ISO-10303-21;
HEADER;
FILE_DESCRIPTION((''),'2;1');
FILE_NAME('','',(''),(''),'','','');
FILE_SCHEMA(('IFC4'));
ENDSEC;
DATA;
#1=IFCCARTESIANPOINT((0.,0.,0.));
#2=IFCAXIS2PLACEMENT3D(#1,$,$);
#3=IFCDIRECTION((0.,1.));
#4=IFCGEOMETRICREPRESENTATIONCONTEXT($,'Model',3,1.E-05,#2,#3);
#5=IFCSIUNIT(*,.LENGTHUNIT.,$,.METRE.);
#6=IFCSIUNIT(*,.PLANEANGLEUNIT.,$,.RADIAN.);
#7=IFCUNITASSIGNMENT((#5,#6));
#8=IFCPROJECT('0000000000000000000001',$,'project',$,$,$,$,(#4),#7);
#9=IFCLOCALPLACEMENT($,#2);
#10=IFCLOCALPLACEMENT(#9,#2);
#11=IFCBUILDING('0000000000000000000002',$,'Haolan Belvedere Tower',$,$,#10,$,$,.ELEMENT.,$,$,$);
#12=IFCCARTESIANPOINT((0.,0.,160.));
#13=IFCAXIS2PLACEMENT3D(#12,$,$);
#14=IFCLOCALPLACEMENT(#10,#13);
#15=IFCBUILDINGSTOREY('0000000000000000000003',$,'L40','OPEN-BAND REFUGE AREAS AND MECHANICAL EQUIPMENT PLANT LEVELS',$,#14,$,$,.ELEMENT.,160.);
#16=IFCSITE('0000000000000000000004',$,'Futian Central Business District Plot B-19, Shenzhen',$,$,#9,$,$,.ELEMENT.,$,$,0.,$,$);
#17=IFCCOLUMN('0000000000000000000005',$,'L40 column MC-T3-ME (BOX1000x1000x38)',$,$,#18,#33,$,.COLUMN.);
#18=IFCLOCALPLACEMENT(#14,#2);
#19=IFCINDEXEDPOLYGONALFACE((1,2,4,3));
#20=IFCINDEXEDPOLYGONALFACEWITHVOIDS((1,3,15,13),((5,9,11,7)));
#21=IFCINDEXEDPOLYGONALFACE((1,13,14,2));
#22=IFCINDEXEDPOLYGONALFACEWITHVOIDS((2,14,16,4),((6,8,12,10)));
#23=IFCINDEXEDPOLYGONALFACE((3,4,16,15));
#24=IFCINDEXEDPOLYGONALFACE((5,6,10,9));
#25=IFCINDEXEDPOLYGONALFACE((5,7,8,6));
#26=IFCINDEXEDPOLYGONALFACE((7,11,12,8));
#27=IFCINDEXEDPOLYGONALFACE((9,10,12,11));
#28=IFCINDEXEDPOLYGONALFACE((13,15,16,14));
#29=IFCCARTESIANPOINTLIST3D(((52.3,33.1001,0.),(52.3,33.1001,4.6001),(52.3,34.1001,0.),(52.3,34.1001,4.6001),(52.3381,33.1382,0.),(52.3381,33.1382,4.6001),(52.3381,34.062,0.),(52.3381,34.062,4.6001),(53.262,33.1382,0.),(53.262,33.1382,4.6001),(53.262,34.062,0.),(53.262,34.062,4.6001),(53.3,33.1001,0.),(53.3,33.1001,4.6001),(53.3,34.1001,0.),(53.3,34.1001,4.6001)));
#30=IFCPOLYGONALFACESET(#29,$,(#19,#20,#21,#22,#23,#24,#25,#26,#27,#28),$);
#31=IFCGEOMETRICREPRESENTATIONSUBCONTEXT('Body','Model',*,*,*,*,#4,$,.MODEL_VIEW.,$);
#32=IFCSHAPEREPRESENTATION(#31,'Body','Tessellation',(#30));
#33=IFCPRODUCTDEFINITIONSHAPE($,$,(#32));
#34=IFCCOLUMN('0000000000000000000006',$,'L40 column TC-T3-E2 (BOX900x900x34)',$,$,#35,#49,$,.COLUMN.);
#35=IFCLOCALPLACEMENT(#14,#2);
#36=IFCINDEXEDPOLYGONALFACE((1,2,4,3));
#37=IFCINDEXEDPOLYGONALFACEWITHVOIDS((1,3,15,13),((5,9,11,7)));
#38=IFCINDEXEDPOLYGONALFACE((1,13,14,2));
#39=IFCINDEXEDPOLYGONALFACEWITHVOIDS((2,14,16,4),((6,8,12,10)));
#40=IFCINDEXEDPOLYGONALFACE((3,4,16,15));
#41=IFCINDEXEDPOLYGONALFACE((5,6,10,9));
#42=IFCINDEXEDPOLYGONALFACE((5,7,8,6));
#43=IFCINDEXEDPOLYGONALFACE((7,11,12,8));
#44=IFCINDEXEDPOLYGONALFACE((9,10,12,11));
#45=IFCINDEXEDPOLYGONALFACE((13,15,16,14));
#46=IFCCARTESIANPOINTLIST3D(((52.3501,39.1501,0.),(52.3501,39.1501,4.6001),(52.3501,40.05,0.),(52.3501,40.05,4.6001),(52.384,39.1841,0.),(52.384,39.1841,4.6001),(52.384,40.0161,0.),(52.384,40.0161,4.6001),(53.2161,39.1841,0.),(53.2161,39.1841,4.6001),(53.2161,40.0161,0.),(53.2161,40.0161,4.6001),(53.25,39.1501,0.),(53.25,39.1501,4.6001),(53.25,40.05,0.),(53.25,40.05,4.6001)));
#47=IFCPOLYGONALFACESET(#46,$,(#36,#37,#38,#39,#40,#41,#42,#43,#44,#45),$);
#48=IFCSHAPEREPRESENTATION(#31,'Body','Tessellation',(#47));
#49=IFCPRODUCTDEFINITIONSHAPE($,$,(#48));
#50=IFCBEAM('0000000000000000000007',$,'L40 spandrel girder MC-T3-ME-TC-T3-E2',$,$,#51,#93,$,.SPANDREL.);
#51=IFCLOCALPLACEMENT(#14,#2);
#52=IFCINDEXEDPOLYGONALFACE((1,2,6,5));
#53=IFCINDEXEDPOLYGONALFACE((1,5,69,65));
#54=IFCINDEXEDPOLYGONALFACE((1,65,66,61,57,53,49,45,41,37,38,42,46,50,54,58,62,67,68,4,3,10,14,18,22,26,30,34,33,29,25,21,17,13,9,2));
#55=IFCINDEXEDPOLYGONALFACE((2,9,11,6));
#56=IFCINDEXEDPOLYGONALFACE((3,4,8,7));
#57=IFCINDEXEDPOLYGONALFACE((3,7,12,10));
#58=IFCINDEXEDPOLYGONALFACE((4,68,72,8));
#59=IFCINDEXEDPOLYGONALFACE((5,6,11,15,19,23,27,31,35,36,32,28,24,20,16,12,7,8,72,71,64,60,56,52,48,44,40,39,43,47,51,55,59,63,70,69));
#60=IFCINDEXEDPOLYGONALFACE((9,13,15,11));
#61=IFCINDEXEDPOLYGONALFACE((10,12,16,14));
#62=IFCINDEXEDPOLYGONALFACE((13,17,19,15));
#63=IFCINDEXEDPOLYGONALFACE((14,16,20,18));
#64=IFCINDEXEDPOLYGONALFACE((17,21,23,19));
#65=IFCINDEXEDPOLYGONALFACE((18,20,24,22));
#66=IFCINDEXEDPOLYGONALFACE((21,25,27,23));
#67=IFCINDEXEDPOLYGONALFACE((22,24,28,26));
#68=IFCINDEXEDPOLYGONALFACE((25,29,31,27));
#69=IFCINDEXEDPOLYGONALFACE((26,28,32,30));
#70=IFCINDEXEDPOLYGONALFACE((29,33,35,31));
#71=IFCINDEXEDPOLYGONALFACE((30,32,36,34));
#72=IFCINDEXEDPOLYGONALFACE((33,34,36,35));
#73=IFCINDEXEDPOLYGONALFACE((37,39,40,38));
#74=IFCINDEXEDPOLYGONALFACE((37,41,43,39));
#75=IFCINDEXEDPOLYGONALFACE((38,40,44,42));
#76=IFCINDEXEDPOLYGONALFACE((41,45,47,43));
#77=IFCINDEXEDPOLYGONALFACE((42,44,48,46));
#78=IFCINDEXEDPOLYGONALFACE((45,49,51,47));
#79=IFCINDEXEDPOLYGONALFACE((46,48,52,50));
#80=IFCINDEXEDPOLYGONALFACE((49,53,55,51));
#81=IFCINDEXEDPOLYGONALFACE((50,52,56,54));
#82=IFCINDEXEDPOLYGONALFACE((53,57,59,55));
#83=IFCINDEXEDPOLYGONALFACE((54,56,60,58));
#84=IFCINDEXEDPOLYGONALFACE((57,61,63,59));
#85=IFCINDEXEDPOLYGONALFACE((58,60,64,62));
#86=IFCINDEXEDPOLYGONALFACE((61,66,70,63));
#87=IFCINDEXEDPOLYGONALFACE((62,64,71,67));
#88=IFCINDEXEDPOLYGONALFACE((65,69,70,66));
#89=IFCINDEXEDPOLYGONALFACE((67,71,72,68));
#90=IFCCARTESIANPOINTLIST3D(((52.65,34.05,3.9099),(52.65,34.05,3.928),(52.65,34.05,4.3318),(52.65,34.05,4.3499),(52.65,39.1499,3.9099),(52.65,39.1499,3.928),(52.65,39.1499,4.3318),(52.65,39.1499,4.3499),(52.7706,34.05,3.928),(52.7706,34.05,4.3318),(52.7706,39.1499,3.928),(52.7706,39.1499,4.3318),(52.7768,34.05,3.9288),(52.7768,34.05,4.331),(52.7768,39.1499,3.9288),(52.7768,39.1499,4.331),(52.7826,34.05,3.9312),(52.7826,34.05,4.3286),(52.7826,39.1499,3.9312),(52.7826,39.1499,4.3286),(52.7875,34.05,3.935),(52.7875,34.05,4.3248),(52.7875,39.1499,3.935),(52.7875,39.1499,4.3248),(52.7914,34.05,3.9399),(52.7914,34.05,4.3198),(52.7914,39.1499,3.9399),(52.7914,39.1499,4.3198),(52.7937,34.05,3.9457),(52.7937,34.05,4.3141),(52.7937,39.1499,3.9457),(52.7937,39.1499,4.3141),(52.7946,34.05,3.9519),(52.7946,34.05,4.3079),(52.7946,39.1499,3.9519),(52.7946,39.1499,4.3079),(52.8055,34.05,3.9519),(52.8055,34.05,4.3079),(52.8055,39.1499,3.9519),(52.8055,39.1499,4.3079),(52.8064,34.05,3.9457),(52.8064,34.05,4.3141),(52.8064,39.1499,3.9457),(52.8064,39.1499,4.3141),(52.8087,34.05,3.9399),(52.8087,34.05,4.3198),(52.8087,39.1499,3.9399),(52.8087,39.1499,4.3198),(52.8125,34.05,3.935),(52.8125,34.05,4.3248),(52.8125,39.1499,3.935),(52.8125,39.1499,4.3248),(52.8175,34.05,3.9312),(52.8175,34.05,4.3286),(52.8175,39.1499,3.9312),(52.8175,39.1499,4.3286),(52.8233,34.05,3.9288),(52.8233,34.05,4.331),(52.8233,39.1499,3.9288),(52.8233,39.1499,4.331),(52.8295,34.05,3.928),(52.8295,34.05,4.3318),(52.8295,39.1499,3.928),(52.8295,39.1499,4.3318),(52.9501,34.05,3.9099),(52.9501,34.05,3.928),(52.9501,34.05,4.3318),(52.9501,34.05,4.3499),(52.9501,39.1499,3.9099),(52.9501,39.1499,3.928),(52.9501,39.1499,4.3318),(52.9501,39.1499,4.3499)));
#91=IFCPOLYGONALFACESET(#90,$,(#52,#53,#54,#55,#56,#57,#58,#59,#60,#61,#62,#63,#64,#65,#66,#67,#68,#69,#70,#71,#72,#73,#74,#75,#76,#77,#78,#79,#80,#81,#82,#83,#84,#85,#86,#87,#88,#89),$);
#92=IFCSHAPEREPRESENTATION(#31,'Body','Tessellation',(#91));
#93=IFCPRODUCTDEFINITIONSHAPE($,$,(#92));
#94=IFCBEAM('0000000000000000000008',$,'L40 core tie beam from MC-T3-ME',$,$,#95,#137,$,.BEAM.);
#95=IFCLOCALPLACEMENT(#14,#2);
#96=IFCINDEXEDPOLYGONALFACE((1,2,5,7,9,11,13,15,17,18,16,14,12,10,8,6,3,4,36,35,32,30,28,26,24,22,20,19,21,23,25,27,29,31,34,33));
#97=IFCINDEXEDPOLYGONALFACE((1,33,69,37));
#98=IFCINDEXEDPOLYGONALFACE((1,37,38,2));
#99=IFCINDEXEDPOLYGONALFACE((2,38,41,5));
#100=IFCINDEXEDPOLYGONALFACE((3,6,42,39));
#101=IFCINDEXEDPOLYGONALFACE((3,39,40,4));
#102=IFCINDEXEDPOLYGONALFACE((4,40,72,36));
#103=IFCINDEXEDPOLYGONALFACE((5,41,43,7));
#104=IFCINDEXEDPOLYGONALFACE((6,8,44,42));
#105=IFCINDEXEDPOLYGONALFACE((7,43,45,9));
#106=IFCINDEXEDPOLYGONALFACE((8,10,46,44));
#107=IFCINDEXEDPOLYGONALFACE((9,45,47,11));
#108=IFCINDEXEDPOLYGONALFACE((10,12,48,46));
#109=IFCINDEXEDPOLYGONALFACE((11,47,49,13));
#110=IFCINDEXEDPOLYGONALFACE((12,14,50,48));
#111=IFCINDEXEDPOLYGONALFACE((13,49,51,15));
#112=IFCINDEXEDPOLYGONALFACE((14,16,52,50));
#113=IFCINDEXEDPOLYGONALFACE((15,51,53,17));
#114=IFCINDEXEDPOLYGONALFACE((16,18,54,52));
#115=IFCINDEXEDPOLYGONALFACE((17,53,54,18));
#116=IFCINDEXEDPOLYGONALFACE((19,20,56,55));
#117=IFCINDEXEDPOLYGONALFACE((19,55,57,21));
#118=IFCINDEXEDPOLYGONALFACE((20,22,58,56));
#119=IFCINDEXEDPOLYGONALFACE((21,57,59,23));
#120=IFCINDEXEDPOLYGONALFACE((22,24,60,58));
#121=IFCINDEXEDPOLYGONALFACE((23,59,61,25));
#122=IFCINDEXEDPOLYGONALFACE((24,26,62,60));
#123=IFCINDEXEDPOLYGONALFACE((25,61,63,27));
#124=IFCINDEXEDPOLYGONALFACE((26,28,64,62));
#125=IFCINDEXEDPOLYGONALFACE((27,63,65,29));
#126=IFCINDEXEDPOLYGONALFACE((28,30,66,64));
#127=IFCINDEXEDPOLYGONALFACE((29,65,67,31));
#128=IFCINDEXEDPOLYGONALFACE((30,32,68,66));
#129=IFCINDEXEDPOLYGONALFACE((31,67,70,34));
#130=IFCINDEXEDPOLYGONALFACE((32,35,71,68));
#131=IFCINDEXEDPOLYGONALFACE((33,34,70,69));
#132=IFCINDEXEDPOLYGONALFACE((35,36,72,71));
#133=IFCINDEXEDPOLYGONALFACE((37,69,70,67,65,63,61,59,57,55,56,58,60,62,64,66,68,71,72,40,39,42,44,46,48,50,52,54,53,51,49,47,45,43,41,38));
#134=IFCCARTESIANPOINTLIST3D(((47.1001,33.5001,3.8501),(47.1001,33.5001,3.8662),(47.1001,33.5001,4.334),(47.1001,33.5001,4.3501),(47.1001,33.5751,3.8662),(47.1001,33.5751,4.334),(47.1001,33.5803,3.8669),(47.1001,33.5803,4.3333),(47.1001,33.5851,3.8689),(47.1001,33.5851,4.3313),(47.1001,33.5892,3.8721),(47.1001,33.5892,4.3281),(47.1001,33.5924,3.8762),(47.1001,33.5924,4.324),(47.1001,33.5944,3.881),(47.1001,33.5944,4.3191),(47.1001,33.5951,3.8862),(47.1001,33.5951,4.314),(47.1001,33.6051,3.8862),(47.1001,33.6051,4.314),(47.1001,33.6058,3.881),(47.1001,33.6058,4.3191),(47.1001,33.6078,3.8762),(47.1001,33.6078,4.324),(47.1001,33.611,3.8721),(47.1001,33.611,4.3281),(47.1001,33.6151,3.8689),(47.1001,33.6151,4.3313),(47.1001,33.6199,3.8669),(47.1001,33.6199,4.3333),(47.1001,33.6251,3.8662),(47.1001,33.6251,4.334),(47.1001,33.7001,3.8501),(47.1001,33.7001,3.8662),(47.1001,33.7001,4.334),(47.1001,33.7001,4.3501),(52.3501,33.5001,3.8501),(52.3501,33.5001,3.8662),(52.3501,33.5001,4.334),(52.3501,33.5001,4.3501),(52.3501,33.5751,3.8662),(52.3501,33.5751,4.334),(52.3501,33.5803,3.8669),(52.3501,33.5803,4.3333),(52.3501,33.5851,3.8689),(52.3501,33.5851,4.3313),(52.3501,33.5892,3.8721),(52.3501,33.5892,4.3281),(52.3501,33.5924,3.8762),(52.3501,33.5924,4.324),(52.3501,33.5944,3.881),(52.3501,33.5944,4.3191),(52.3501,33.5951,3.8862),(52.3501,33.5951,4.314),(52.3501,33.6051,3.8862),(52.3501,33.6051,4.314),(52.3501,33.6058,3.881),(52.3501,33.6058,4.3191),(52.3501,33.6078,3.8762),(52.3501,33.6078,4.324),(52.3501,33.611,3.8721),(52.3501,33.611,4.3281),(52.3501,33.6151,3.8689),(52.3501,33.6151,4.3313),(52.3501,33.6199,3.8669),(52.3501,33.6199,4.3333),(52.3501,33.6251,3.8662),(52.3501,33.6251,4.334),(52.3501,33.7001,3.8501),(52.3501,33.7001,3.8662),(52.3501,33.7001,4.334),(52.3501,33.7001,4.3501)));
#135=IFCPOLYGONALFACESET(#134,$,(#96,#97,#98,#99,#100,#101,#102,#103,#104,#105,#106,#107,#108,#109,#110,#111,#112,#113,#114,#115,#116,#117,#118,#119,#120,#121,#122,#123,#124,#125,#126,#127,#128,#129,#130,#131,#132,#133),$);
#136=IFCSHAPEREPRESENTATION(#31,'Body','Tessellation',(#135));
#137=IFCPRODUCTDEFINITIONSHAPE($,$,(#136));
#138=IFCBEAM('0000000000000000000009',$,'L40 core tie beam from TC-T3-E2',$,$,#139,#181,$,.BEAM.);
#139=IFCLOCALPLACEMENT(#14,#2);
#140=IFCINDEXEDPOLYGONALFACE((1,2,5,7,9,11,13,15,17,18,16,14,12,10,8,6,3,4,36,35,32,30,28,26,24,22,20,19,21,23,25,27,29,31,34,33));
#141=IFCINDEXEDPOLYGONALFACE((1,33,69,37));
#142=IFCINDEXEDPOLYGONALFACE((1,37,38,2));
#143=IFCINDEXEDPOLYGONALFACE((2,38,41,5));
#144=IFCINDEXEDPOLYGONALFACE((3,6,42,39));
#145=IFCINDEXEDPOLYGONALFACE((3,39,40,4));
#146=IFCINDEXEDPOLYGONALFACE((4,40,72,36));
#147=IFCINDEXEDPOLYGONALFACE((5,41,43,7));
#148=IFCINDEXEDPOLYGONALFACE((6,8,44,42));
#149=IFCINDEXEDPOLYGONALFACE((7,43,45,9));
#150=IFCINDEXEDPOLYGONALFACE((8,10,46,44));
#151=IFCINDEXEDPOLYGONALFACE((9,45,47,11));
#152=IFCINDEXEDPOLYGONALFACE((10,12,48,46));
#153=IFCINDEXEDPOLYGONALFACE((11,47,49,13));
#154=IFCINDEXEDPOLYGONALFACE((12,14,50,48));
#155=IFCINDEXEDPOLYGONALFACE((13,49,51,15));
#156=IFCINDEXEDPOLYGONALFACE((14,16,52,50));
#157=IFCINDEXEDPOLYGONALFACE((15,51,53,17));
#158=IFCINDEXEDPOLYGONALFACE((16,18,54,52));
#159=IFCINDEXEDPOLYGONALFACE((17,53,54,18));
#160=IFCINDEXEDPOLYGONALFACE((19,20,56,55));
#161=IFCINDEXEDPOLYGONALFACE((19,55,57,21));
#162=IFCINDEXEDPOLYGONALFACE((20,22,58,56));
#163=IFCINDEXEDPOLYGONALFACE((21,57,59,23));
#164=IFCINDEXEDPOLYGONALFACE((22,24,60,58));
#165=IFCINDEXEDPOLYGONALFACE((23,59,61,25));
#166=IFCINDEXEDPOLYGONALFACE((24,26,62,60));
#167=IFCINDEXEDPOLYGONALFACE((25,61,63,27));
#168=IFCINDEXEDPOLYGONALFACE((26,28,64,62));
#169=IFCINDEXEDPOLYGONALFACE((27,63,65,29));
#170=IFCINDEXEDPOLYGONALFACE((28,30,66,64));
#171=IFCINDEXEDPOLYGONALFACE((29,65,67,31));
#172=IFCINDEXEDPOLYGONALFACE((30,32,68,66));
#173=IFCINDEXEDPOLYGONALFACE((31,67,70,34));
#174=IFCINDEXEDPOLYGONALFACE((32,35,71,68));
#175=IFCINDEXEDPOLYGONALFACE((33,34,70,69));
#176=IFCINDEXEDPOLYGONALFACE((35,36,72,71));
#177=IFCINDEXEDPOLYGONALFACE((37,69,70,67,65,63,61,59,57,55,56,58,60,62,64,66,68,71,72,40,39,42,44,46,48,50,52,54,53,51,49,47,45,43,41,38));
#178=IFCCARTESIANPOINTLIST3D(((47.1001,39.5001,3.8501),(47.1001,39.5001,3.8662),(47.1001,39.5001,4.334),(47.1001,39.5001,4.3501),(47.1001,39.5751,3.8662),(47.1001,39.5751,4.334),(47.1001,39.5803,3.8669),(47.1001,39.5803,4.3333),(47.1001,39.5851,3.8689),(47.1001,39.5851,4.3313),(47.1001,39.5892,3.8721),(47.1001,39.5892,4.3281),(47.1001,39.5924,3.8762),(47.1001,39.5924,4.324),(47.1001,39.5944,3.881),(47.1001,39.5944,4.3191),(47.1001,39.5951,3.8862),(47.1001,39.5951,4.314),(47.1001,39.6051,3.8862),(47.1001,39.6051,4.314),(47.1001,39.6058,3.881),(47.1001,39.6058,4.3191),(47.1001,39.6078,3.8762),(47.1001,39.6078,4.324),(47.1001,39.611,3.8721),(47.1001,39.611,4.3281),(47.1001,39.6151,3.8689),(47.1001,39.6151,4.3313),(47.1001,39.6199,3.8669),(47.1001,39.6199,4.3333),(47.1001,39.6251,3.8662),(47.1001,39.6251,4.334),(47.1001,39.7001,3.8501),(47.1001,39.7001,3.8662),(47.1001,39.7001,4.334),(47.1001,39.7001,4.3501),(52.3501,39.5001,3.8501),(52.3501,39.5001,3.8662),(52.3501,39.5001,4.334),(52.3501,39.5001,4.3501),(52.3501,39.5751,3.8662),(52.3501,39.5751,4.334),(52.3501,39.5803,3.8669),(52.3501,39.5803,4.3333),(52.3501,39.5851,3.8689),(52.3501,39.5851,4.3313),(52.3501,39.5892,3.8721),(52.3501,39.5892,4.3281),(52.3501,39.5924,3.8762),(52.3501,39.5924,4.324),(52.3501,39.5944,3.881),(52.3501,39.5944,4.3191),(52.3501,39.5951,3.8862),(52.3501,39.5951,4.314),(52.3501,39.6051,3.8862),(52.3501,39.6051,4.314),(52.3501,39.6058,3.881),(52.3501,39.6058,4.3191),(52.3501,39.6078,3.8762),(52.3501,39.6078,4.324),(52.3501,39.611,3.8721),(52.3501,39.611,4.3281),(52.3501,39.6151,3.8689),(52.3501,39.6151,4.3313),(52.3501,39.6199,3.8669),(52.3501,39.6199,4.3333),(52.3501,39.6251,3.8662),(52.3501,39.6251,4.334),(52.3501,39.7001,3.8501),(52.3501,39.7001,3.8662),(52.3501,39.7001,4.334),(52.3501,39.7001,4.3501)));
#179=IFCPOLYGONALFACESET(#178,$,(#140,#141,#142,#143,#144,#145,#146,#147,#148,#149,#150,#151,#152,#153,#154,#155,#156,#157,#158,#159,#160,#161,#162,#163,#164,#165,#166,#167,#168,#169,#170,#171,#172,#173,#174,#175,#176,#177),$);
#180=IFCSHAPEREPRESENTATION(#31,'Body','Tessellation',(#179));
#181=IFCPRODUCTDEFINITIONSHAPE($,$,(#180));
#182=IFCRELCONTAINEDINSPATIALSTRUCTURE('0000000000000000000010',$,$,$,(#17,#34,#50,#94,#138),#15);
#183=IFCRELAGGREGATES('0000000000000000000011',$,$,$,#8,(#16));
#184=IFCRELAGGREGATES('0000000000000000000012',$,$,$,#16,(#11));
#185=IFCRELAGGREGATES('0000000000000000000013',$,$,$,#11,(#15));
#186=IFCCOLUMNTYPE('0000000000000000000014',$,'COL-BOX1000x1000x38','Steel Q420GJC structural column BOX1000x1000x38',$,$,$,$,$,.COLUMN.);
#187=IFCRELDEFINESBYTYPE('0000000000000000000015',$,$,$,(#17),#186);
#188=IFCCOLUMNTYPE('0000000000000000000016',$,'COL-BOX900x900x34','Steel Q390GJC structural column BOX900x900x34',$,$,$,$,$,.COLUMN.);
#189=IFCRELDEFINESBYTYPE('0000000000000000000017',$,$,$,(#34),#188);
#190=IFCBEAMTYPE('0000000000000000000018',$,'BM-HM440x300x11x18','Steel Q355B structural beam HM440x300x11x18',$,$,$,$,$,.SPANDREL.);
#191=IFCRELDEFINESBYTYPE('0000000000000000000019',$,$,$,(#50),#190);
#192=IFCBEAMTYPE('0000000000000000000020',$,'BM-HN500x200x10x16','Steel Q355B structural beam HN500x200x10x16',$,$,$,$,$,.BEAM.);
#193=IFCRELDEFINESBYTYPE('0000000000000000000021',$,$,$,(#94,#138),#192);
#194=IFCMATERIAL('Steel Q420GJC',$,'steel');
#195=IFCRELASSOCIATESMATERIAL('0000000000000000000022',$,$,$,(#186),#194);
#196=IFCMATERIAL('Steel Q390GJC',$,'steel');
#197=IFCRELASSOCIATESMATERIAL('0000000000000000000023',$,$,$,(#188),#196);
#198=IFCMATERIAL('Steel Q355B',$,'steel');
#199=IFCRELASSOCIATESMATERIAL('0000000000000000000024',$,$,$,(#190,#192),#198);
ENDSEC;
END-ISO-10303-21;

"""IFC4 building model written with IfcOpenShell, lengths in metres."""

from ifc_helpers import new_model, si_unit, direction, frame, origin, origin_2d, place, context, subcontext, project, spatial, hollow_rectangle, i_section, extrude, material, material_profile, profile_set, type_object, element, save


model = new_model("IFC4")

# Units and contexts
model_context = context("Model", 3, precision=1e-05, world=origin(), true_north=direction((0.0, 1.0)))
body_context = subcontext(model_context, "Body", "Model", "MODEL_VIEW")
ifc_project = project(units=[si_unit("LENGTHUNIT", "METRE"), si_unit("PLANEANGLEUNIT", "RADIAN")], contexts=[model_context])

# Site, building, storey
site_placement = place(None, origin())
site = spatial("IfcSite", under=ifc_project, at=site_placement, Name="Futian Central Business District Plot B-19, Shenzhen", CompositionType="ELEMENT", RefElevation=0.0)
building_placement = place(site_placement, origin())
building = spatial("IfcBuilding", under=site, at=building_placement, Name="Haolan Belvedere Tower", CompositionType="ELEMENT")
storey_placement = place(building_placement, frame((0.0, 0.0, 160.0)))
storey = spatial("IfcBuildingStorey", under=building, at=storey_placement, Name="L40", Description="OPEN-BAND REFUGE AREAS AND MECHANICAL EQUIPMENT PLANT LEVELS", CompositionType="ELEMENT", Elevation=160.0)

# Columns
ifc_material_1 = material(Name="Steel Q420GJC", Category="steel")
ifc_material_profile_1 = material_profile(ifc_material_1, hollow_rectangle(XDim=1.0, YDim=1.0, WallThickness=0.0381, at=origin_2d()), Name="Steel Q420GJC")
ifc_profile_set_1 = profile_set([ifc_material_profile_1], Name="Steel Q420GJC")
column_type_1 = type_object("IfcColumnType", Name="COL-BOX1000x1000x38", Description="Steel Q420GJC structural column BOX1000x1000x38", PredefinedType="COLUMN", material=ifc_profile_set_1)
column_1_placement = place(storey_placement, frame((52.8, 33.6001, 0.0), z_axis=(0.0, 0.0, 1.0), x_axis=(1.0, 0.0, 0.0)))
element("IfcColumn", 1, at=column_1_placement, inside=storey, type_object=column_type_1, Name="L40 column MC-T3-ME (BOX1000x1000x38)", PredefinedType="COLUMN", context=body_context, shape_type="SweptSolid", body=[
    extrude(hollow_rectangle(XDim=1.0, YDim=1.0, WallThickness=0.0381, at=origin_2d()), origin(), (0.0, 0.0, 1.0), 4.6001),
])
ifc_material_2 = material(Name="Steel Q390GJC", Category="steel")
ifc_material_profile_2 = material_profile(ifc_material_2, hollow_rectangle(XDim=0.8999, YDim=0.8999, WallThickness=0.0339, at=origin_2d()), Name="Steel Q390GJC")
ifc_profile_set_2 = profile_set([ifc_material_profile_2], Name="Steel Q390GJC")
column_type_2 = type_object("IfcColumnType", Name="COL-BOX900x900x34", Description="Steel Q390GJC structural column BOX900x900x34", PredefinedType="COLUMN", material=ifc_profile_set_2)
column_2_placement = place(storey_placement, frame((52.8, 39.6001, 0.0), z_axis=(0.0, 0.0, 1.0), x_axis=(1.0, 0.0, 0.0)))
element("IfcColumn", 2, at=column_2_placement, inside=storey, type_object=column_type_2, Name="L40 column TC-T3-E2 (BOX900x900x34)", PredefinedType="COLUMN", context=body_context, shape_type="SweptSolid", body=[
    extrude(hollow_rectangle(XDim=0.8999, YDim=0.8999, WallThickness=0.0339, at=origin_2d()), origin(), (0.0, 0.0, 1.0), 4.6001),
])

# Beams
ifc_material_3 = material(Name="Steel Q355B", Category="steel")
ifc_material_profile_3 = material_profile(ifc_material_3, i_section(OverallWidth=0.3, OverallDepth=0.4399, WebThickness=0.011, FlangeThickness=0.0181, FilletRadius=0.0239, at=origin_2d()), Name="Steel Q355B")
ifc_profile_set_3 = profile_set([ifc_material_profile_3], Name="Steel Q355B")
beam_type_1 = type_object("IfcBeamType", Name="BM-HM440x300x11x18", Description="Steel Q355B structural beam HM440x300x11x18", PredefinedType="SPANDREL", material=ifc_profile_set_3)
beam_placement = place(storey_placement, frame((52.8, 34.05, 4.1299), z_axis=(0.0, 1.0, 0.0), x_axis=(-1.0, 0.0, 0.0)))
element("IfcBeam", 3, at=beam_placement, inside=storey, type_object=beam_type_1, Name="L40 spandrel girder MC-T3-ME-TC-T3-E2", PredefinedType="SPANDREL", context=body_context, shape_type="SweptSolid", body=[
    extrude(i_section(OverallWidth=0.3, OverallDepth=0.4399, WebThickness=0.011, FlangeThickness=0.0181, FilletRadius=0.0239, at=origin_2d()), origin(), (0.0, 0.0, 1.0), 5.0999),
])
ifc_material_profile_4 = material_profile(ifc_material_3, i_section(OverallWidth=0.2, OverallDepth=0.5, WebThickness=0.01, FlangeThickness=0.0161, FilletRadius=0.02, at=origin_2d()), Name="Steel Q355B")
ifc_profile_set_4 = profile_set([ifc_material_profile_4], Name="Steel Q355B")
beam_type_2 = type_object("IfcBeamType", Name="BM-HN500x200x10x16", Description="Steel Q355B structural beam HN500x200x10x16", PredefinedType="BEAM", material=ifc_profile_set_4)
for number, where, z_axis, x_axis, name in (
    (4, (52.3501, 33.6001, 4.1001), (-1.0, 0.0, 0.0), (0.0, -1.0, 0.0), "L40 core tie beam from MC-T3-ME"),
    (5, (52.3501, 39.6001, 4.1001), (-1.0, 0.0, 0.0), (0.0, -1.0, 0.0), "L40 core tie beam from TC-T3-E2"),
):
    element("IfcBeam", number, at=place(storey_placement, frame(where, z_axis=z_axis, x_axis=x_axis)), inside=storey, type_object=beam_type_2, Name=name, PredefinedType="BEAM", context=body_context, shape_type="SweptSolid", body=[
        extrude(i_section(OverallWidth=0.2, OverallDepth=0.5, WebThickness=0.01, FlangeThickness=0.0161, FilletRadius=0.02, at=origin_2d()), origin(), (0.0, 0.0, 1.0), 5.25),
    ])

save(model, "model.ifc")
